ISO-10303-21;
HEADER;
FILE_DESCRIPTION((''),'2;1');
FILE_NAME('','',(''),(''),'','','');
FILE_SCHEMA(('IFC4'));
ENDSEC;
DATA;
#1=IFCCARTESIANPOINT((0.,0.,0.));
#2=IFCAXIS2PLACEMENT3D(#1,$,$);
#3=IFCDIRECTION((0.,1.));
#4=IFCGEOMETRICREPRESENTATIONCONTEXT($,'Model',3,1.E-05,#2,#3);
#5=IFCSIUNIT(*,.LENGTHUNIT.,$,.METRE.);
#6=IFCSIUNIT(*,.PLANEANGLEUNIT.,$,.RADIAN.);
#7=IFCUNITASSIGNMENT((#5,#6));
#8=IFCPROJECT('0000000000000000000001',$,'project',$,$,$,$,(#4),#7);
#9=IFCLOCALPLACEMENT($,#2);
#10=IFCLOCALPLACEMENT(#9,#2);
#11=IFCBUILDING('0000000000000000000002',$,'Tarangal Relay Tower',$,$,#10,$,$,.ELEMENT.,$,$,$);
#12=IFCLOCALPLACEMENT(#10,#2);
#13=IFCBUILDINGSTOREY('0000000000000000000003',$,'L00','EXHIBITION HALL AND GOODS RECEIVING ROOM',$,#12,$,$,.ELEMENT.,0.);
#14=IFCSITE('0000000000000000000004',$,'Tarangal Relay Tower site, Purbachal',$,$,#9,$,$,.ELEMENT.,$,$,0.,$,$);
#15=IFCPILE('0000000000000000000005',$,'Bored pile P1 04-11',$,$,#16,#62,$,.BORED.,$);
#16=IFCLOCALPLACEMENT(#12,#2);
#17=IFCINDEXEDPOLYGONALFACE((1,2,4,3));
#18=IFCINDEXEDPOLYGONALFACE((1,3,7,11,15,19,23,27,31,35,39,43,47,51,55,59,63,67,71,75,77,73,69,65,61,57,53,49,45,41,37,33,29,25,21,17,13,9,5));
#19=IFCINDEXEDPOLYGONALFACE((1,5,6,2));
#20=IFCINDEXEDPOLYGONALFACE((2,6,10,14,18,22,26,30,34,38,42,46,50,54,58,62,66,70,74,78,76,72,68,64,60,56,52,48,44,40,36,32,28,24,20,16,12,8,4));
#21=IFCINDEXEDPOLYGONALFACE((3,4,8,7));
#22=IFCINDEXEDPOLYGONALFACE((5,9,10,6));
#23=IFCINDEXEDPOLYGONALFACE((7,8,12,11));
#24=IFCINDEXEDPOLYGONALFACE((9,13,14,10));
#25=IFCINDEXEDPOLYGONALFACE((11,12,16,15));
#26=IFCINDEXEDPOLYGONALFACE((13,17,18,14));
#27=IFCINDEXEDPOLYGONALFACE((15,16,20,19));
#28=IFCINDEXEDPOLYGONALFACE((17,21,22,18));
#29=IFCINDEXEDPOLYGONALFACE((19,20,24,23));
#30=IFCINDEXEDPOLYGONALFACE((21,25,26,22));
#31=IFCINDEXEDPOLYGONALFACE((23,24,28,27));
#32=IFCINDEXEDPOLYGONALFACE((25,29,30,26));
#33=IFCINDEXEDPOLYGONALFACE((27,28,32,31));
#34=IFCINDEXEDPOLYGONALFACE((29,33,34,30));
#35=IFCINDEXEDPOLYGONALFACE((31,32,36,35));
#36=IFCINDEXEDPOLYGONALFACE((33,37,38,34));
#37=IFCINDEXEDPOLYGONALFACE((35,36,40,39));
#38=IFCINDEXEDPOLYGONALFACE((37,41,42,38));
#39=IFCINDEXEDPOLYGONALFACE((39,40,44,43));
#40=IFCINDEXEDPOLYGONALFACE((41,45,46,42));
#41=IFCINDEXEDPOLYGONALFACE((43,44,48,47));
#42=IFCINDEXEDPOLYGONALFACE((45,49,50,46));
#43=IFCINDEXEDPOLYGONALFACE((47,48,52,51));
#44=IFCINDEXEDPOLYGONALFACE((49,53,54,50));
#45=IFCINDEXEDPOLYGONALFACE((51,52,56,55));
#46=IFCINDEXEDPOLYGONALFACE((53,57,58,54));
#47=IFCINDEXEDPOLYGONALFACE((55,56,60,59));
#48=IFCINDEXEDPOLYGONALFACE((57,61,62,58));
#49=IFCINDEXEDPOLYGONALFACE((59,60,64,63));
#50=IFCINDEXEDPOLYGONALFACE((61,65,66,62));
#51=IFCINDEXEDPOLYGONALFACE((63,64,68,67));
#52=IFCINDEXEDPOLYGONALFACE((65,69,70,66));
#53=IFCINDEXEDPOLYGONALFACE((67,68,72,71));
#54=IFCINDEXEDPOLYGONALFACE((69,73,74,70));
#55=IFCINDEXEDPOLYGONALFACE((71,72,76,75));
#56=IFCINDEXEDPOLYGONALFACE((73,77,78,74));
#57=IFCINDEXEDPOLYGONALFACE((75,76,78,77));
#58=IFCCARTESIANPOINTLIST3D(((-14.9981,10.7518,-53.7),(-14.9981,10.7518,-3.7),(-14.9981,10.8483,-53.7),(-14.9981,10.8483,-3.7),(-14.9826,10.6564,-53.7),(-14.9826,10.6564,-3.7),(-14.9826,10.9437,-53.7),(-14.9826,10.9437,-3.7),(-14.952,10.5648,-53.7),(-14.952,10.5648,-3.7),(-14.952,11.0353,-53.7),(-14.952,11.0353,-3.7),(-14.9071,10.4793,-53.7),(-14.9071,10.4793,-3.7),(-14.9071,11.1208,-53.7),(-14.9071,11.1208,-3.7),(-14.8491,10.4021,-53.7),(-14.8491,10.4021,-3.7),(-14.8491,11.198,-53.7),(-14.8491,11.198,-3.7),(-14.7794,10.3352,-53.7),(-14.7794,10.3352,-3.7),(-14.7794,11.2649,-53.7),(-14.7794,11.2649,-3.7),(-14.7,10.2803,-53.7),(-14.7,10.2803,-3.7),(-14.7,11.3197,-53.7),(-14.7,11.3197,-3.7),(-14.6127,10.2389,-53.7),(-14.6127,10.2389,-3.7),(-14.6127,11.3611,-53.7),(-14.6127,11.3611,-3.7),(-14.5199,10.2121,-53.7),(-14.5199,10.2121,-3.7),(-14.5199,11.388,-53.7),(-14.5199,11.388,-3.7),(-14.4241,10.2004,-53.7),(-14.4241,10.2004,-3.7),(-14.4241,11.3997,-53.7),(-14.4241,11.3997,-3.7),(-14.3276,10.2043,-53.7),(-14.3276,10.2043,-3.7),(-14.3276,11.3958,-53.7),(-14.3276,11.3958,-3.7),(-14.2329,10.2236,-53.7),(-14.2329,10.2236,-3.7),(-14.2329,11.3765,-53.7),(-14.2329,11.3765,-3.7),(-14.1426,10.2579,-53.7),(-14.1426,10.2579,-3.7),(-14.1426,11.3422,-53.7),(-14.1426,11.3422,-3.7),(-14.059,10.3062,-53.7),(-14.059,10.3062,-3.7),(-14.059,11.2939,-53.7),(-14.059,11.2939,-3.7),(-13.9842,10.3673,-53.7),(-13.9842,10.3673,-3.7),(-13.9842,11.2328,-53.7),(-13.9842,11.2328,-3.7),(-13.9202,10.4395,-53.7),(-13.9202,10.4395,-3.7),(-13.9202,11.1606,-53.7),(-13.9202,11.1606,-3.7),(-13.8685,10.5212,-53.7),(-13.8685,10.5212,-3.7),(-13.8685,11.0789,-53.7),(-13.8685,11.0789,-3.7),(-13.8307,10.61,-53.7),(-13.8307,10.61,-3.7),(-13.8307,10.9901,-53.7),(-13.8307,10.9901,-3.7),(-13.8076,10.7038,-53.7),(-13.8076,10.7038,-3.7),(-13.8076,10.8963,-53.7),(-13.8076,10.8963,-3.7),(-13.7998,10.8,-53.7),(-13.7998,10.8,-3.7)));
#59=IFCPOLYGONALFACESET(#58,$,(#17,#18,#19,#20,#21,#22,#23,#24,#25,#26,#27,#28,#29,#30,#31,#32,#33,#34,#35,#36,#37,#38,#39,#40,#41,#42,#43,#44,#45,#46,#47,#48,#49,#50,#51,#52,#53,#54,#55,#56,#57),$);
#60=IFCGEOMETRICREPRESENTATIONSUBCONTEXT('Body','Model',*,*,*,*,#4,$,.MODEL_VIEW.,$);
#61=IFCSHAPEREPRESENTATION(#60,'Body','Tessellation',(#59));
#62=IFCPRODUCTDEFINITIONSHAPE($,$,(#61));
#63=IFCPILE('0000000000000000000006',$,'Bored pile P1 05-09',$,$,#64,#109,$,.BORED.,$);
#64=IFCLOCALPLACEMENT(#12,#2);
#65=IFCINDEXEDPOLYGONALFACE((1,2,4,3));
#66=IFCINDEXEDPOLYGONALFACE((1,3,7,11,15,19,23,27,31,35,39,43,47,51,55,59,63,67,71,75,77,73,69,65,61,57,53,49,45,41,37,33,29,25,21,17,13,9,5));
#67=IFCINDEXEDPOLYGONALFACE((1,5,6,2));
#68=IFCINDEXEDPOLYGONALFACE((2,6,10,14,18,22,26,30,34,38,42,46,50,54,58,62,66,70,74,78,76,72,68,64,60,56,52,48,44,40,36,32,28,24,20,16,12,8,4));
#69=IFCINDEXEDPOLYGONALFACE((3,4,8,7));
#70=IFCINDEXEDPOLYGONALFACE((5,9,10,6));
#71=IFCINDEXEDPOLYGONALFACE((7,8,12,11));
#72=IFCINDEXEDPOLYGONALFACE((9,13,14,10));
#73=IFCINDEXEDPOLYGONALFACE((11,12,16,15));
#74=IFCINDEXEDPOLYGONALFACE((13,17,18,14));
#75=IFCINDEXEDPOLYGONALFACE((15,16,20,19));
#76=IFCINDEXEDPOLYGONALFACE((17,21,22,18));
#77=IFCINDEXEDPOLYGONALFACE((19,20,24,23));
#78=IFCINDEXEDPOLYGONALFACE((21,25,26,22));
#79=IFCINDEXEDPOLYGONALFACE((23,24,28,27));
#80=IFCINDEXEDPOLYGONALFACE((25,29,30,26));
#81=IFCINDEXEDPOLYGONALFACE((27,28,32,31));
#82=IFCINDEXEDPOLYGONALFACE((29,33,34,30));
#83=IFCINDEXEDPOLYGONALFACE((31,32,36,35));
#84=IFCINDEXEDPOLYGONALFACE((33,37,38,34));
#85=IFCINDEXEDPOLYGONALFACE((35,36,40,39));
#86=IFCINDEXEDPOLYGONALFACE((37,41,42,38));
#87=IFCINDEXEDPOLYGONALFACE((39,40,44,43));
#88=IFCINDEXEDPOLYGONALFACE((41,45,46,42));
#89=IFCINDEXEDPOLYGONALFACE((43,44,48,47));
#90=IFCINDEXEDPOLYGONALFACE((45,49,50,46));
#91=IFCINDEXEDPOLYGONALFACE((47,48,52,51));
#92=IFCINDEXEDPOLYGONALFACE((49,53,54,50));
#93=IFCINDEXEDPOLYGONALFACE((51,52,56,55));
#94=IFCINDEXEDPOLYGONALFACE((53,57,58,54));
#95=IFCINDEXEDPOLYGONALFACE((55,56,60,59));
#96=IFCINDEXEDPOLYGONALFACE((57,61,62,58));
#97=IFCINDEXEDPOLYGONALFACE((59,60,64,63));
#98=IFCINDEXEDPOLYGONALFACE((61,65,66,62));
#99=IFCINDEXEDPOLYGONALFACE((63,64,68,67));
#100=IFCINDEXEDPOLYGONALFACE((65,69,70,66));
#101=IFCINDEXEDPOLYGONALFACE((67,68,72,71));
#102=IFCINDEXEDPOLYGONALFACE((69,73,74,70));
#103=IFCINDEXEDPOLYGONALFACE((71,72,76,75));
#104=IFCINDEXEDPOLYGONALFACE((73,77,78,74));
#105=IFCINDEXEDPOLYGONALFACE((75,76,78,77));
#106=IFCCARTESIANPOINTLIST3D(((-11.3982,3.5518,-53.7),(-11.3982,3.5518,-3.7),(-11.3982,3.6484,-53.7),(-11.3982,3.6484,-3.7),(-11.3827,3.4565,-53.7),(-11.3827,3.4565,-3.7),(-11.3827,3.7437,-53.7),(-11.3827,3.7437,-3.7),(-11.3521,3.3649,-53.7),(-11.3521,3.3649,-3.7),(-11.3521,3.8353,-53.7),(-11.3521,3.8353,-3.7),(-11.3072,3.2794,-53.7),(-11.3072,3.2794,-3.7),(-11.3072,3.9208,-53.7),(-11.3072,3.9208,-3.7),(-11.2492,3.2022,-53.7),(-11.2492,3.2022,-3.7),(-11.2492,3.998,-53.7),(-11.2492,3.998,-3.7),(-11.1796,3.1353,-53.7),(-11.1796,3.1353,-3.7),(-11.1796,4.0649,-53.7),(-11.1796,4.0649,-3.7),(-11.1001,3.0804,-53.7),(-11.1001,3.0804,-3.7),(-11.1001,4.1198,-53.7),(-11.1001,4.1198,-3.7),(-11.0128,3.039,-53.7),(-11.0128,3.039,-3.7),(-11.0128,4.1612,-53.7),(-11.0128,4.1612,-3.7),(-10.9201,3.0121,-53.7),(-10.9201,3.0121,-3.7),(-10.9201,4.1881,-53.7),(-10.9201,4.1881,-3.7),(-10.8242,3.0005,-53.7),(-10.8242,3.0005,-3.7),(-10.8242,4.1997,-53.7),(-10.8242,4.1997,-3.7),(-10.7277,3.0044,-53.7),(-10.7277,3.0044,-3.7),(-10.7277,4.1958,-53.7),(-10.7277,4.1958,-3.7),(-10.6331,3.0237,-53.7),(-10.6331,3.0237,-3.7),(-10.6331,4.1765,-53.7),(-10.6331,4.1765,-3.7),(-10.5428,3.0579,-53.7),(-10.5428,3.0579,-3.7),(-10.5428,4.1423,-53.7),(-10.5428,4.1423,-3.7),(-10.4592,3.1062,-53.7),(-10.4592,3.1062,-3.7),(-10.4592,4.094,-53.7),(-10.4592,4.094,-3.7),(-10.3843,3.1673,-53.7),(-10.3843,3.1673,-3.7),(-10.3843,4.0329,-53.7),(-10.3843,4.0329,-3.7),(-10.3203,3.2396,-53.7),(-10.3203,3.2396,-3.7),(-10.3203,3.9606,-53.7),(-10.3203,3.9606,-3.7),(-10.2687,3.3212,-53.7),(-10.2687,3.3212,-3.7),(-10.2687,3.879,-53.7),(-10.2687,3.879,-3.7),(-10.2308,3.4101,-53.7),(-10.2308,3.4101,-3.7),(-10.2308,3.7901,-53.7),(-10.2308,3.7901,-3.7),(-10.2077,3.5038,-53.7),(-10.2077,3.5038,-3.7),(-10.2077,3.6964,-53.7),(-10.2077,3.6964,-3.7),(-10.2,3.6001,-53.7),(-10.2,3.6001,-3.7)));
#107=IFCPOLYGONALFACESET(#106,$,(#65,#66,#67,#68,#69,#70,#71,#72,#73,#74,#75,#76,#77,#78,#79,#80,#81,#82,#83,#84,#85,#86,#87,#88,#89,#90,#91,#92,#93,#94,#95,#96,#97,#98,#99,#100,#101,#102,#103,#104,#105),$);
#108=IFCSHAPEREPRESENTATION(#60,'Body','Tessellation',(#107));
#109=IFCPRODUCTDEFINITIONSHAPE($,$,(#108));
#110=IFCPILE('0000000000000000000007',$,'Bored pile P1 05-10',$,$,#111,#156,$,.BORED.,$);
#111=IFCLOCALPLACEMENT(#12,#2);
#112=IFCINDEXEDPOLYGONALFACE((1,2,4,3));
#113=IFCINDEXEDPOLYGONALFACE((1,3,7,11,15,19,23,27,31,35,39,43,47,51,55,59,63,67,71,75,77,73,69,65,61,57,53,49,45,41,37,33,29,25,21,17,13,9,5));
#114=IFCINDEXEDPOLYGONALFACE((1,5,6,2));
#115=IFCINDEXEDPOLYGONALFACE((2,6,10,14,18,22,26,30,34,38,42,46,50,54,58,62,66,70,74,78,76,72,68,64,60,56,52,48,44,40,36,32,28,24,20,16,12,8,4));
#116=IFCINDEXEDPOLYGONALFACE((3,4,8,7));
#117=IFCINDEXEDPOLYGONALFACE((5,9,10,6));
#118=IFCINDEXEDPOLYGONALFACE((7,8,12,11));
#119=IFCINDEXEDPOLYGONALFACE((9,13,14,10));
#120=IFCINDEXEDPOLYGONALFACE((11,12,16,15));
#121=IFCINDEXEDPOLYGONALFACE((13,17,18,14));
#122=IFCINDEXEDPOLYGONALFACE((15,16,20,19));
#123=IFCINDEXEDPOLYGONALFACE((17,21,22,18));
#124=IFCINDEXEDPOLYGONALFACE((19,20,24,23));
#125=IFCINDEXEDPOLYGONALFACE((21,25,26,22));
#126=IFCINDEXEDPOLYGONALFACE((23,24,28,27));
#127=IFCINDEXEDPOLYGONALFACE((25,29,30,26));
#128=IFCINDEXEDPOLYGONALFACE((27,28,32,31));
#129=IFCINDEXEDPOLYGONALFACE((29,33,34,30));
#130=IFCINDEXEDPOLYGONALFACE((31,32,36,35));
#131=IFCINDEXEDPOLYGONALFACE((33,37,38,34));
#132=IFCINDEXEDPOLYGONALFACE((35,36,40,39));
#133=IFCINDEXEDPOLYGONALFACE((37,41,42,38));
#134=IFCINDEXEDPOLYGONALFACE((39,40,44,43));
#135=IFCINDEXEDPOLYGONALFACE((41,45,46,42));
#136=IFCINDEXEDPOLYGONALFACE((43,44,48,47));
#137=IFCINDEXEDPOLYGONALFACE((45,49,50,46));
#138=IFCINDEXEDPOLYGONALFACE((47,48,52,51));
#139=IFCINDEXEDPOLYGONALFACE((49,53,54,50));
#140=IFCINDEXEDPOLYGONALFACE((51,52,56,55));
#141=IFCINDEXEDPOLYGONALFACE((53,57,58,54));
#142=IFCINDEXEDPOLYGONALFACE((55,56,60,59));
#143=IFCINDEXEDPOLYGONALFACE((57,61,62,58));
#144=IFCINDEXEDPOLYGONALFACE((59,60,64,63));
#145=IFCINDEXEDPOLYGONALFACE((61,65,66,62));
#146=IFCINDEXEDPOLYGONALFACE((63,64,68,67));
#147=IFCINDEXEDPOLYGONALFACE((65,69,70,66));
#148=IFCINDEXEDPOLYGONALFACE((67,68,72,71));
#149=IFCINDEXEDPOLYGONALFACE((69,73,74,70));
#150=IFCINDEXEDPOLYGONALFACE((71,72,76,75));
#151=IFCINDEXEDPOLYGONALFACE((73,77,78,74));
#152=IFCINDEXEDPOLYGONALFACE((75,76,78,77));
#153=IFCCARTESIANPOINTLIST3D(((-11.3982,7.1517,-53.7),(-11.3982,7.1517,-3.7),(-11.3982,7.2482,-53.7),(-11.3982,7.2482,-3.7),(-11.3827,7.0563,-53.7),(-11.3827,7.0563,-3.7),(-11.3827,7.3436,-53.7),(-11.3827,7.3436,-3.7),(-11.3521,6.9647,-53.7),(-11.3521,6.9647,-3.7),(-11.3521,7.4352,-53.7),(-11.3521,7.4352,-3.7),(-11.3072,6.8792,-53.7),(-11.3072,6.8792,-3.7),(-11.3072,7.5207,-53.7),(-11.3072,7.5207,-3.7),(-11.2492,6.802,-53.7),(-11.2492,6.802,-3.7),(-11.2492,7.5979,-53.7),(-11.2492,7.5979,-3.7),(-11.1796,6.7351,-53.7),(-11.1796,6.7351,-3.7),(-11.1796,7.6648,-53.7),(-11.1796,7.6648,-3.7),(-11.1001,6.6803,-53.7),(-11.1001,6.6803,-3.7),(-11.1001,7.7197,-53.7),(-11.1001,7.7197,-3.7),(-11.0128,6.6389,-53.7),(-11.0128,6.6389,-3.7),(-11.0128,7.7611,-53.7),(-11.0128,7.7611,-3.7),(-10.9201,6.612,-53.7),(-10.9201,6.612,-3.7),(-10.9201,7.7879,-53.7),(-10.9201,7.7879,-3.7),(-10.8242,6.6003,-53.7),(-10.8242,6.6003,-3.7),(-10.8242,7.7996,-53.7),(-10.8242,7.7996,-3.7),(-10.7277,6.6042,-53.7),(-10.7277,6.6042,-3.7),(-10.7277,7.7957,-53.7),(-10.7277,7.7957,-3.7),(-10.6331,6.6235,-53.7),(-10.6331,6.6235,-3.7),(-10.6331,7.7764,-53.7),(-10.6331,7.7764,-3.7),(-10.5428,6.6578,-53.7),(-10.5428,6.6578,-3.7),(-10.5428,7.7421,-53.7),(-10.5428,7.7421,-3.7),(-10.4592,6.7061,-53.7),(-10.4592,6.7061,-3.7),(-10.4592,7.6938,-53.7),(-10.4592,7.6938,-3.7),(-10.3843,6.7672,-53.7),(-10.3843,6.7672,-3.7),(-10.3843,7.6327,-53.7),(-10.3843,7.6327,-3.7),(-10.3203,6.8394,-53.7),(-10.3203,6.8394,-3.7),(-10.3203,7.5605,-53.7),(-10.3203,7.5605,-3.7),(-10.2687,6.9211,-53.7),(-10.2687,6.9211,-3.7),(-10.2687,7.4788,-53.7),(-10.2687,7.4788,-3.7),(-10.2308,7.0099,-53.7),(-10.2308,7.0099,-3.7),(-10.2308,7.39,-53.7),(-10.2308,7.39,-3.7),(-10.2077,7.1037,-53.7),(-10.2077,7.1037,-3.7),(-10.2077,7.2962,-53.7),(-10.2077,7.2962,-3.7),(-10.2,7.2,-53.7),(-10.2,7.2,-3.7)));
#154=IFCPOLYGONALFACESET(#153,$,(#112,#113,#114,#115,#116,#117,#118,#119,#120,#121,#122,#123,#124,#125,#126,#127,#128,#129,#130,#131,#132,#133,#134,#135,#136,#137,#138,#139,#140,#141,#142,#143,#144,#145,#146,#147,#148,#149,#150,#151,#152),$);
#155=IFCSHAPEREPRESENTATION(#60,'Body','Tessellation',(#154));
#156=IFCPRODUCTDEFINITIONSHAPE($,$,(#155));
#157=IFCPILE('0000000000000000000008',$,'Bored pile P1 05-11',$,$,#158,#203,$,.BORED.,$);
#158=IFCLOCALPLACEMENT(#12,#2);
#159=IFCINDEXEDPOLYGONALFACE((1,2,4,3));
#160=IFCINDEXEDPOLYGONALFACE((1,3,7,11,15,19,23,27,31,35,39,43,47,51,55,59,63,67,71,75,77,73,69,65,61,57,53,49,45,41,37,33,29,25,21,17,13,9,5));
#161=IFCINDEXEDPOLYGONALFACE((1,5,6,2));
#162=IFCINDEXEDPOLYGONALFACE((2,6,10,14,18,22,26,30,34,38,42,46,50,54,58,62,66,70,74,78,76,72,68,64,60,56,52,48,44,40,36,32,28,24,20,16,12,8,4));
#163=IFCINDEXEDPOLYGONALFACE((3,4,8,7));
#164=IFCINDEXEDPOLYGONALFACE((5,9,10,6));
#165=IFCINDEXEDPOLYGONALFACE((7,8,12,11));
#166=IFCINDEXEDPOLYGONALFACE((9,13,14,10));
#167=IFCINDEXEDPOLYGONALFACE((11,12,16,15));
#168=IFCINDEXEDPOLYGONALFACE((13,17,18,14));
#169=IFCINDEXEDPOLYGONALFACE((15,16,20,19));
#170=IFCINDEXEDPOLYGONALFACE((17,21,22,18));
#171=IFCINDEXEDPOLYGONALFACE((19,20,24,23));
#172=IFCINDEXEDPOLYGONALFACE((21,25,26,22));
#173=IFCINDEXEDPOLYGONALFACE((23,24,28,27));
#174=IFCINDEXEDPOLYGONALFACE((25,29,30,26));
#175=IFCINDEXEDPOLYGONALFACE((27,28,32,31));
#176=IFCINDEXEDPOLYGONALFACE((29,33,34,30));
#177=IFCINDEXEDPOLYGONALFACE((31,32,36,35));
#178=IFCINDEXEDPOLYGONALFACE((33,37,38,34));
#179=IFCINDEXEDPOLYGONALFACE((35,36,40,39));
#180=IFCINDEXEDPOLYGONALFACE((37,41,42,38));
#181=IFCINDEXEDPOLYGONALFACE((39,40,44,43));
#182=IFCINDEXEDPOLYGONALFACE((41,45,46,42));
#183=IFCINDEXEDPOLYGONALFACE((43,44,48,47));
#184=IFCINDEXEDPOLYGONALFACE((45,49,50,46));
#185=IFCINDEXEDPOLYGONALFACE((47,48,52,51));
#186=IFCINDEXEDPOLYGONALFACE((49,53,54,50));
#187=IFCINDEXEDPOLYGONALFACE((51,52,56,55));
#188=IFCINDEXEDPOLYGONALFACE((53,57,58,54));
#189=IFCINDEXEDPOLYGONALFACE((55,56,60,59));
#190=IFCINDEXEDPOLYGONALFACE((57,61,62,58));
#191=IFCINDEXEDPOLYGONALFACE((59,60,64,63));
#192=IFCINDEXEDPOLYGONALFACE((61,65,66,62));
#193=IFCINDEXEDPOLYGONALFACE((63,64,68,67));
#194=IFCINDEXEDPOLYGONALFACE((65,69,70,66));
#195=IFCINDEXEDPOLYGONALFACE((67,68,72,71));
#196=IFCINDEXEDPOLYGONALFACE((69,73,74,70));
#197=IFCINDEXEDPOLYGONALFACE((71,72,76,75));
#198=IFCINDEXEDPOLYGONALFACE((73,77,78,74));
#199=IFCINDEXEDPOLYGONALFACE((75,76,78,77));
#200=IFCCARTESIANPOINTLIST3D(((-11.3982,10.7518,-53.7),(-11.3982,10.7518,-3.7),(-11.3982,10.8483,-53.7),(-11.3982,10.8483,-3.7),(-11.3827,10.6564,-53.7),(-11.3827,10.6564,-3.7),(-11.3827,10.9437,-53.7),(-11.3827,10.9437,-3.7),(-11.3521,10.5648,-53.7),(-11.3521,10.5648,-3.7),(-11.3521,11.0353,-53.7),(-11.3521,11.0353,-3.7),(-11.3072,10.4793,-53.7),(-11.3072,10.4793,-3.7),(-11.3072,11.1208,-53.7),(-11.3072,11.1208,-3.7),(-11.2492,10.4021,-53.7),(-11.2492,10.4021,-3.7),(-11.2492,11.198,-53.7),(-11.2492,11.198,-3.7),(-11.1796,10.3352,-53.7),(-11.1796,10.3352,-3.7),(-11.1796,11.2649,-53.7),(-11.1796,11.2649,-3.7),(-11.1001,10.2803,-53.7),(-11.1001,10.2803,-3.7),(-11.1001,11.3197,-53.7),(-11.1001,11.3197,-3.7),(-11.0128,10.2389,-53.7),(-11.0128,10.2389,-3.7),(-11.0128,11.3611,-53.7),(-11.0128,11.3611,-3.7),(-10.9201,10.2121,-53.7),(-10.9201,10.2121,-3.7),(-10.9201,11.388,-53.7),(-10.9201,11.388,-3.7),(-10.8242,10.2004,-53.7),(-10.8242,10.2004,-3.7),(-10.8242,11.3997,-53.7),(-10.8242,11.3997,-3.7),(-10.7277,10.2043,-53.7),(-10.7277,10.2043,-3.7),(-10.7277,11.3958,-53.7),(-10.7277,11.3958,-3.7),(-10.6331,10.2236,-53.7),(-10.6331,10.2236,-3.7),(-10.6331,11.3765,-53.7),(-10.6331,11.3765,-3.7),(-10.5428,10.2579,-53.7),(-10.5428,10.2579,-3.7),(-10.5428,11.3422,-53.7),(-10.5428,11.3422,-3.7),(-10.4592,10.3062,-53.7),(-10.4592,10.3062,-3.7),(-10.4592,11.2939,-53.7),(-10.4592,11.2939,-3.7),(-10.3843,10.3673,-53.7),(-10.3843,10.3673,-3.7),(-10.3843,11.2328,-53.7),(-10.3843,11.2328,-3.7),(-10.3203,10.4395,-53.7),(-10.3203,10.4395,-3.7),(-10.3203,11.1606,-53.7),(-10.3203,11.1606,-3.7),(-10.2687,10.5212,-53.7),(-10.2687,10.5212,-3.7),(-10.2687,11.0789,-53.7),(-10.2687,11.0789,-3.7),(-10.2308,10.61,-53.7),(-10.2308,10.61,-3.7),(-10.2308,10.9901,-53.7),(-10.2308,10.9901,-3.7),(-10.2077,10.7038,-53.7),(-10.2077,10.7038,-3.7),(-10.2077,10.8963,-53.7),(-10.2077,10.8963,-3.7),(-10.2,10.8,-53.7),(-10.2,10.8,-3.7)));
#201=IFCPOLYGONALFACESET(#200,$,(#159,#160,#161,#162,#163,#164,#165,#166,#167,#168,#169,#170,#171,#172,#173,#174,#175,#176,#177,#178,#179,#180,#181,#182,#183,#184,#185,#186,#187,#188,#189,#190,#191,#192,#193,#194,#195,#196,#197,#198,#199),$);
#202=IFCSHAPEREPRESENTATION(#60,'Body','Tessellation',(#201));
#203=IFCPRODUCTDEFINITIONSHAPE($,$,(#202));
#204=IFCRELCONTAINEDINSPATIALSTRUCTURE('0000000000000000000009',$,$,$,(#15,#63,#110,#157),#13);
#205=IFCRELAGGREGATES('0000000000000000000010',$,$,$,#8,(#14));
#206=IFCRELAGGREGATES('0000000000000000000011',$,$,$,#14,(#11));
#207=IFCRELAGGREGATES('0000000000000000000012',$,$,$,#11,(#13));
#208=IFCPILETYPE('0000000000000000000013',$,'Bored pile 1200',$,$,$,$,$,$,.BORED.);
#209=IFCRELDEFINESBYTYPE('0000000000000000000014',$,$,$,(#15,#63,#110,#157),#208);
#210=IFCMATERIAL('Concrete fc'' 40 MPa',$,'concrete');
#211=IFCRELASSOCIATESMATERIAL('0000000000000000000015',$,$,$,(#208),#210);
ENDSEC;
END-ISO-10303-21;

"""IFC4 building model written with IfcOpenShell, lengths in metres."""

from ifc_helpers import new_model, si_unit, direction, frame, origin, origin_2d, place, context, subcontext, project, spatial, circle, extrude, material, material_profile, profile_set, type_object, element, save


model = new_model("IFC4")

# Units and contexts
model_context = context("Model", 3, precision=1e-05, world=origin(), true_north=direction((0.0, 1.0)))
body_context = subcontext(model_context, "Body", "Model", "MODEL_VIEW")
ifc_project = project(units=[si_unit("LENGTHUNIT", "METRE"), si_unit("PLANEANGLEUNIT", "RADIAN")], contexts=[model_context])

# Site, building, storey
site_placement = place(None, origin())
site = spatial("IfcSite", under=ifc_project, at=site_placement, Name="Tarangal Relay Tower site, Purbachal", CompositionType="ELEMENT", RefElevation=0.0)
building_placement = place(site_placement, origin())
building = spatial("IfcBuilding", under=site, at=building_placement, Name="Tarangal Relay Tower", CompositionType="ELEMENT")
storey_placement = place(building_placement, origin())
storey = spatial("IfcBuildingStorey", under=building, at=storey_placement, Name="L00", Description="EXHIBITION HALL AND GOODS RECEIVING ROOM", CompositionType="ELEMENT", Elevation=0.0)

# Piles
ifc_material_1 = material(Name="Concrete fc' 40 MPa", Category="concrete")
ifc_material_profile_1 = material_profile(ifc_material_1, circle(Radius=0.6001, at=origin_2d()), Name="D1200")
ifc_profile_set_1 = profile_set([ifc_material_profile_1], Name="Concrete fc' 40 MPa")
pile_type = type_object("IfcPileType", Name="Bored pile 1200", PredefinedType="BORED", material=ifc_profile_set_1)
for number, where, z_axis, x_axis, name in (
    (1, (-14.3999, 10.8, -3.7), (0.0, 0.0, -1.0), (1.0, 0.0, 0.0), "Bored pile P1 04-11"),
    (2, (-10.8, 3.6001, -3.7), (0.0, 0.0, -1.0), (1.0, 0.0, 0.0), "Bored pile P1 05-09"),
    (3, (-10.8, 7.2, -3.7), (0.0, 0.0, -1.0), (1.0, 0.0, 0.0), "Bored pile P1 05-10"),
    (4, (-10.8, 10.8, -3.7), (0.0, 0.0, -1.0), (1.0, 0.0, 0.0), "Bored pile P1 05-11"),
):
    element("IfcPile", number, at=place(storey_placement, frame(where, z_axis=z_axis, x_axis=x_axis)), inside=storey, type_object=pile_type, Name=name, PredefinedType="BORED", context=body_context, shape_type="SweptSolid", body=[
        extrude(circle(Radius=0.6001, at=origin_2d()), origin(), (0.0, 0.0, 1.0), 50.0),
    ])

save(model, "model.ifc")
